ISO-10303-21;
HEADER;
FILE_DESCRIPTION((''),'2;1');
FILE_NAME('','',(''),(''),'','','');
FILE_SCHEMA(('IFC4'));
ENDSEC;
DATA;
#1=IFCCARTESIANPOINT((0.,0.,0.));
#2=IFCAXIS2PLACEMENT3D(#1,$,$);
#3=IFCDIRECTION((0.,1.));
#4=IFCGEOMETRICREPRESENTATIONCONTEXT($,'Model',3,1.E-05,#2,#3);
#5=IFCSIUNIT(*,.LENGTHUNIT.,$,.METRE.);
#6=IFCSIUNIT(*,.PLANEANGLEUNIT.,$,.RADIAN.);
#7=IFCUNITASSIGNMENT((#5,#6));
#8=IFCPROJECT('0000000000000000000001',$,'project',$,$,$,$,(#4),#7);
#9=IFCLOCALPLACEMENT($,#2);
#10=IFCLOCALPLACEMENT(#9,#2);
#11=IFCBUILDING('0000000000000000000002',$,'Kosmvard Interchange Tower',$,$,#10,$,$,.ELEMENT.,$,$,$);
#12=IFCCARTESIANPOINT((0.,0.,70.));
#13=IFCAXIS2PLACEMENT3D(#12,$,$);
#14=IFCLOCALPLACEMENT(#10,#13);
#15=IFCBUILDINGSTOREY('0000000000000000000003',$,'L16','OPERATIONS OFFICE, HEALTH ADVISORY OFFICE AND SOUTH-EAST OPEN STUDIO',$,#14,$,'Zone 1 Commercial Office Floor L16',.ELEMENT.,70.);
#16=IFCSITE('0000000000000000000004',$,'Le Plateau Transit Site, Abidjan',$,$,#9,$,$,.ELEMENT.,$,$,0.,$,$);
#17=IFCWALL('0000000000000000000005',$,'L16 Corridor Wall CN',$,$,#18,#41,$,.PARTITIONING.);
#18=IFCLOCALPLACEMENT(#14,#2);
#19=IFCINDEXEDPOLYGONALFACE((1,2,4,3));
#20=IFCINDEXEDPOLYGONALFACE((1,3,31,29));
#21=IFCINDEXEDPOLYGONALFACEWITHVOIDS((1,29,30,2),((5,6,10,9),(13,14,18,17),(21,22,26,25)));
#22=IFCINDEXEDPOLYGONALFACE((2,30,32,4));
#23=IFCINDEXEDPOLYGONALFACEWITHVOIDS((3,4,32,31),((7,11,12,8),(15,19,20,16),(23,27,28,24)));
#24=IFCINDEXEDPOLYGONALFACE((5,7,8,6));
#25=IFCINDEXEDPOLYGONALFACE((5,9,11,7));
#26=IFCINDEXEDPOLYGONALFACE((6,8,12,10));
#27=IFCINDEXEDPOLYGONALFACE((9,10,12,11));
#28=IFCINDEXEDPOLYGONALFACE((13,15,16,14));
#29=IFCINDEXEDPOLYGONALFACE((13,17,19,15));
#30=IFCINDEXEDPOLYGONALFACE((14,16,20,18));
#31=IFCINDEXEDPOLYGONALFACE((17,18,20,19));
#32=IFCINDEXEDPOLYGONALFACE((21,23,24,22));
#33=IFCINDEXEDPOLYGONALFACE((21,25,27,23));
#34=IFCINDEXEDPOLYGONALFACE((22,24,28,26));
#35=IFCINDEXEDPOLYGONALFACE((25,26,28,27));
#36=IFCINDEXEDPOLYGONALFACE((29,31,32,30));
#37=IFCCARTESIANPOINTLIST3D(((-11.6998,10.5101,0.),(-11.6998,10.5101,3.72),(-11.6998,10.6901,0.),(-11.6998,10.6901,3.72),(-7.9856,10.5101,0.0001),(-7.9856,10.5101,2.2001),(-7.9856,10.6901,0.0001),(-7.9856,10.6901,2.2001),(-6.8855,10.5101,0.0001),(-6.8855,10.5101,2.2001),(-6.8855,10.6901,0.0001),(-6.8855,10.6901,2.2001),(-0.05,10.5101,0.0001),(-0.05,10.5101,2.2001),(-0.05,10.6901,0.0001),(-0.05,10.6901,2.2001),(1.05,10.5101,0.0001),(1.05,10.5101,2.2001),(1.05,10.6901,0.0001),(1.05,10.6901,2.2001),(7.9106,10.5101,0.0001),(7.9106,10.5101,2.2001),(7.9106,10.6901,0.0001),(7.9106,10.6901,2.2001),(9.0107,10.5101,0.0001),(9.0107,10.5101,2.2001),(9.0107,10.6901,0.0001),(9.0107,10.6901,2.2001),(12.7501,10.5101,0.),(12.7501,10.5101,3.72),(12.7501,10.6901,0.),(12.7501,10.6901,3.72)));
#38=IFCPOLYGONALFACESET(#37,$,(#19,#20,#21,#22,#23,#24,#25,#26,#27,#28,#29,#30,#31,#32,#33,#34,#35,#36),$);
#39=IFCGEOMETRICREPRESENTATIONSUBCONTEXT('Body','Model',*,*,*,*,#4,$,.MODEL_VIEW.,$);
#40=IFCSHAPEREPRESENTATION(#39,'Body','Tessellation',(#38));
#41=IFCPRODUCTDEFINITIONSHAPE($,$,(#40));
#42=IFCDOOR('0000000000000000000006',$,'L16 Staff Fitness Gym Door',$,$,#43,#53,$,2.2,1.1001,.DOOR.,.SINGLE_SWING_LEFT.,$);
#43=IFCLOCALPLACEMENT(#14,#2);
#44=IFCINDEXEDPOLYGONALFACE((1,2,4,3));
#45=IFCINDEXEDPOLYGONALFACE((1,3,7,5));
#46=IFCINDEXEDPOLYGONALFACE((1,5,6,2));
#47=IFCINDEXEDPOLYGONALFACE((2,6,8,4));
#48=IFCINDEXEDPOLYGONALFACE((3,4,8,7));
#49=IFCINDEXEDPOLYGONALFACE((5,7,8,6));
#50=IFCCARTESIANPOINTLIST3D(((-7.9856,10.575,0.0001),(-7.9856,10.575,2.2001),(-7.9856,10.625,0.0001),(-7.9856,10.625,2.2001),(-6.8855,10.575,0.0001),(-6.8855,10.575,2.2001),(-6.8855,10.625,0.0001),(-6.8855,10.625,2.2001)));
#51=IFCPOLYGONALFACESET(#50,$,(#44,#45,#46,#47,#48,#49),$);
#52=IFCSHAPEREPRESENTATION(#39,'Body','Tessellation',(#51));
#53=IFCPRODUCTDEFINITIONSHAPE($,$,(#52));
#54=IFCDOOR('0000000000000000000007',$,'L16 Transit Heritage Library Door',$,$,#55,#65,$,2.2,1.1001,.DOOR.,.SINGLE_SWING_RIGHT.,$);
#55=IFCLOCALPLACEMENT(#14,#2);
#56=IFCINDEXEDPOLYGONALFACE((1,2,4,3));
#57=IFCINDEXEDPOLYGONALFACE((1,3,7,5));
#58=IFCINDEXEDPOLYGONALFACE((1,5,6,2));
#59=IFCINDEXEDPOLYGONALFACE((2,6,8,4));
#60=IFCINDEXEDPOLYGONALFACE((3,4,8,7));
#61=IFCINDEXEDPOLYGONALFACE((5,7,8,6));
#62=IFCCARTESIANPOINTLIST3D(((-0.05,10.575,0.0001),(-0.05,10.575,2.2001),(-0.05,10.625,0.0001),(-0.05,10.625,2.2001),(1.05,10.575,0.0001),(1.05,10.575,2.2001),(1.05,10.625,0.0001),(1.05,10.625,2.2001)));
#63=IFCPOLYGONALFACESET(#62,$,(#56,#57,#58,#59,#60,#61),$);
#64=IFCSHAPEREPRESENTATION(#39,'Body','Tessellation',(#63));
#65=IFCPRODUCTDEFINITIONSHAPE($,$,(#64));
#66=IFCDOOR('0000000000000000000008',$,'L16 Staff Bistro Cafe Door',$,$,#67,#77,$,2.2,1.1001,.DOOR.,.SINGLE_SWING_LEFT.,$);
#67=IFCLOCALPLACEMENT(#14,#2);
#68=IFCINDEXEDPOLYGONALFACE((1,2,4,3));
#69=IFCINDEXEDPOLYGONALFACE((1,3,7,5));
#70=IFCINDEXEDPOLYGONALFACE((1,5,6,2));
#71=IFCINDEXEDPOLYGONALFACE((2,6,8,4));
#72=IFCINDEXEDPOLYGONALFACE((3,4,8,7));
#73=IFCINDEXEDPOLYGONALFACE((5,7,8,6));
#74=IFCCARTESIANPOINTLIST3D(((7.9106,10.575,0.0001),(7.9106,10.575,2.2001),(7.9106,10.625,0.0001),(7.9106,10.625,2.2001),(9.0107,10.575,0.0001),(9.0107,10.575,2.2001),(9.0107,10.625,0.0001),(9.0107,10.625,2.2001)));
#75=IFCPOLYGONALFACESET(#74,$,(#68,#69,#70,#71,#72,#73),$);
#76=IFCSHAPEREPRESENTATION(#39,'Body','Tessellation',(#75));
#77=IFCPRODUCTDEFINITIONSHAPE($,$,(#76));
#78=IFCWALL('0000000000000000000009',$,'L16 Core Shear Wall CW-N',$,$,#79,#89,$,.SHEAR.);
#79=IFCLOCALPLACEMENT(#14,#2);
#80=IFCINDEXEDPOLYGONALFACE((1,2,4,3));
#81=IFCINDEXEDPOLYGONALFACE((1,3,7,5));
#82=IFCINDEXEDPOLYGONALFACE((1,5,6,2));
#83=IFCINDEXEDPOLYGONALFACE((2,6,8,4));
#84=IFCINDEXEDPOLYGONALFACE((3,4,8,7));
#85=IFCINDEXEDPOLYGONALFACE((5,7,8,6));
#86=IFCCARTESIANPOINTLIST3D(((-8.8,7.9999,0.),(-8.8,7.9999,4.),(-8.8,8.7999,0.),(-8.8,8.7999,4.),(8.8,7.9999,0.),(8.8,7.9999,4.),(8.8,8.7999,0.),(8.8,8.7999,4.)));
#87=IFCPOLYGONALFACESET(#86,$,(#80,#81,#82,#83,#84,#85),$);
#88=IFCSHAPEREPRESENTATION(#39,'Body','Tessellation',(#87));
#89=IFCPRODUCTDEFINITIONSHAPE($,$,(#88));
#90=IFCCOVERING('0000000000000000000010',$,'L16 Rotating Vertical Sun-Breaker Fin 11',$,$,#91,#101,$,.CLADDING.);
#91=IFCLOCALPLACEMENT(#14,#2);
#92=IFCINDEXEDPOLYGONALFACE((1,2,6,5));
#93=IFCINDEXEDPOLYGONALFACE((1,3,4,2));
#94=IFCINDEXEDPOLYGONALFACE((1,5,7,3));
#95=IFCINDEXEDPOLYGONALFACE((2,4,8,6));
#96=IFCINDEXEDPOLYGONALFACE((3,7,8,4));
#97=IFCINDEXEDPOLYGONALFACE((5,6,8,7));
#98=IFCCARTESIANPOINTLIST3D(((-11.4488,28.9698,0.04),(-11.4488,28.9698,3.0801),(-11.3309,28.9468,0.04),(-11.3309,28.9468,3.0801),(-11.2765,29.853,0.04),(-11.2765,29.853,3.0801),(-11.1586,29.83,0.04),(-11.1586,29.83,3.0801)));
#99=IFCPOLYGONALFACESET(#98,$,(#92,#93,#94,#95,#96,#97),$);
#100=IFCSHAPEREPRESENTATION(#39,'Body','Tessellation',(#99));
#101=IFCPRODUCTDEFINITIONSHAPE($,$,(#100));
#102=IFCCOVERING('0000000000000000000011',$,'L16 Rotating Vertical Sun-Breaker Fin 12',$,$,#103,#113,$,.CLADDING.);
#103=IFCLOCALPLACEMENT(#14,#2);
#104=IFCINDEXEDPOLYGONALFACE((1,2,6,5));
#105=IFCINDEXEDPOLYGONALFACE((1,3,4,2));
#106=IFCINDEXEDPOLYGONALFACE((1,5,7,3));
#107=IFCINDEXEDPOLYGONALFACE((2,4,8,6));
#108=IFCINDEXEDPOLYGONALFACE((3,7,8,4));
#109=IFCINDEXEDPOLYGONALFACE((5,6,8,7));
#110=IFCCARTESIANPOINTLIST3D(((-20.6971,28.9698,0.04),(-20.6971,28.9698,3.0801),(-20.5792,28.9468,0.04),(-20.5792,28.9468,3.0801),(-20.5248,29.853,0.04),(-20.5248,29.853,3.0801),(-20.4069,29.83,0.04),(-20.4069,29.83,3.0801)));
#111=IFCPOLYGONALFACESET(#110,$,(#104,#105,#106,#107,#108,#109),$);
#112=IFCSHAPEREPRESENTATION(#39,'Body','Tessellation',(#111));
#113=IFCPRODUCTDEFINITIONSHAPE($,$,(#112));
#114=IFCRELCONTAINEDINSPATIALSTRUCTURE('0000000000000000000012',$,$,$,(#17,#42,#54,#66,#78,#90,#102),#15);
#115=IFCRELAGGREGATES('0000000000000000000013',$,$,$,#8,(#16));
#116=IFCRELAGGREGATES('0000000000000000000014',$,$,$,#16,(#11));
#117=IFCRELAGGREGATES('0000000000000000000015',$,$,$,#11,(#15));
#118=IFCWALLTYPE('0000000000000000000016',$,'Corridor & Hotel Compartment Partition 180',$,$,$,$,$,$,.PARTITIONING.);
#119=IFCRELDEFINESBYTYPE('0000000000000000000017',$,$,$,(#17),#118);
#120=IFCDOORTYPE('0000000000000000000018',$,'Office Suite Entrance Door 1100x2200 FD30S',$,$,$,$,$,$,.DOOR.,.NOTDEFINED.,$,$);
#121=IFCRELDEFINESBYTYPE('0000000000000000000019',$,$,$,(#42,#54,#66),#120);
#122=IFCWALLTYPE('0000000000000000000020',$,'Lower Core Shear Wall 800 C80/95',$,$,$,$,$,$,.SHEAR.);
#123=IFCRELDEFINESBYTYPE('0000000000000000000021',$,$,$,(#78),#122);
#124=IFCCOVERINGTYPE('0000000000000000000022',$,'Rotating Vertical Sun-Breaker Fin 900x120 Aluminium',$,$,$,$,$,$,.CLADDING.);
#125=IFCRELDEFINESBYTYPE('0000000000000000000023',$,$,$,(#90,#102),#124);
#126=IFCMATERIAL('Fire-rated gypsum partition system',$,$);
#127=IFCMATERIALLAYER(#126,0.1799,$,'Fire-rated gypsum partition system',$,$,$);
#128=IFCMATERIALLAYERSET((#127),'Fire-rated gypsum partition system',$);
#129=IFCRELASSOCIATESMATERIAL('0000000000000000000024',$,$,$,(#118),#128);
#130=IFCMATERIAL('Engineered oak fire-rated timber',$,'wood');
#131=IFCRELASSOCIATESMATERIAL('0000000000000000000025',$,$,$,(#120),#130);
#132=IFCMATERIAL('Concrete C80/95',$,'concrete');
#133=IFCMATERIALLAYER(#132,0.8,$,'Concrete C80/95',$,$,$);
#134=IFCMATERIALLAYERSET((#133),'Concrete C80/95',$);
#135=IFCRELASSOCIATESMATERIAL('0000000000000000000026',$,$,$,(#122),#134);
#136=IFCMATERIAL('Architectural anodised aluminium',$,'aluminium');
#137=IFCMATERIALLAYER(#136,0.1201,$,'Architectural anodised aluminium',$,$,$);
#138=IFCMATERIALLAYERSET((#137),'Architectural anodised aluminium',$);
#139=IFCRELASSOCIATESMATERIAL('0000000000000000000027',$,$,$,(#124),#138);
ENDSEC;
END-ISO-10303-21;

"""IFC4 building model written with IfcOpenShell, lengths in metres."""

from ifc_helpers import new_model, si_unit, direction, frame, frame_2d, origin, origin_2d, place, context, subcontext, project, spatial, rectangle, extrude, source, transform, mapped, material, layer, layer_set, type_object, element, fill, save


model = new_model("IFC4")

# Units and contexts
model_context = context("Model", 3, precision=1e-05, world=origin(), true_north=direction((0.0, 1.0)))
body_context = subcontext(model_context, "Body", "Model", "MODEL_VIEW")
ifc_project = project(units=[si_unit("LENGTHUNIT", "METRE"), si_unit("PLANEANGLEUNIT", "RADIAN")], contexts=[model_context])

# Site, building, storey
site_placement = place(None, origin())
site = spatial("IfcSite", under=ifc_project, at=site_placement, Name="Le Plateau Transit Site, Abidjan", CompositionType="ELEMENT", RefElevation=0.0)
building_placement = place(site_placement, origin())
building = spatial("IfcBuilding", under=site, at=building_placement, Name="Kosmvard Interchange Tower", CompositionType="ELEMENT")
storey_placement = place(building_placement, frame((0.0, 0.0, 70.0)))
storey = spatial("IfcBuildingStorey", under=building, at=storey_placement, Name="L16", Description="OPERATIONS OFFICE, HEALTH ADVISORY OFFICE AND SOUTH-EAST OPEN STUDIO", LongName="Zone 1 Commercial Office Floor L16", CompositionType="ELEMENT", Elevation=70.0)

# Shared definitions
ifc_material_1 = material(Name="Concrete C80/95", Category="concrete")

# Wall, openings, doors
ifc_material_2 = material(Name="Fire-rated gypsum partition system")
ifc_layer_1 = layer(ifc_material_2, 0.1799, Name="Fire-rated gypsum partition system")
ifc_layer_set_1 = layer_set([ifc_layer_1], Name="Fire-rated gypsum partition system")
wall_type_1 = type_object("IfcWallType", Name="Corridor & Hotel Compartment Partition 180", PredefinedType="PARTITIONING", material=ifc_layer_set_1)
wall_1_placement = place(storey_placement, frame((-11.7, 10.6001, 0.0), z_axis=(0.0, 0.0, 1.0), x_axis=(1.0, 0.0, 0.0)))
wall_1 = element("IfcWall", 1, at=wall_1_placement, inside=storey, type_object=wall_type_1, Name="L16 Corridor Wall CN", PredefinedType="PARTITIONING", context=body_context, shape_type="SweptSolid", body=[
    extrude(rectangle(XDim=24.45, YDim=0.1799, at=frame_2d((12.2251, 0.0))), origin(), (0.0, 0.0, 1.0), 3.72),
])
opening_1_placement = place(wall_1_placement, frame((3.7144, 0.0, 0.0)))
opening_1 = element("IfcOpeningElement", 2, at=opening_1_placement, cuts=wall_1, PredefinedType="OPENING", context=body_context, shape_type="SweptSolid", body=[
    extrude(rectangle(XDim=1.1001, YDim=2.2, at=frame_2d((0.55, 1.1001))), frame((0.0, 0.1001, 0.0), z_axis=(0.0, -1.0, 0.0), x_axis=(1.0, 0.0, 0.0)), (0.0, 0.0, 1.0), 0.2),
])
opening_2_placement = place(wall_1_placement, frame((11.6499, 0.0, 0.0)))
opening_2 = element("IfcOpeningElement", 3, at=opening_2_placement, cuts=wall_1, PredefinedType="OPENING", context=body_context, shape_type="SweptSolid", body=[
    extrude(rectangle(XDim=1.1001, YDim=2.2, at=frame_2d((0.55, 1.1001))), frame((0.0, 0.1001, 0.0), z_axis=(0.0, -1.0, 0.0), x_axis=(1.0, 0.0, 0.0)), (0.0, 0.0, 1.0), 0.2),
])
opening_3_placement = place(wall_1_placement, frame((19.6106, 0.0, 0.0)))
opening_3 = element("IfcOpeningElement", 4, at=opening_3_placement, cuts=wall_1, PredefinedType="OPENING", context=body_context, shape_type="SweptSolid", body=[
    extrude(rectangle(XDim=1.1001, YDim=2.2, at=frame_2d((0.55, 1.1001))), frame((0.0, 0.1001, 0.0), z_axis=(0.0, -1.0, 0.0), x_axis=(1.0, 0.0, 0.0)), (0.0, 0.0, 1.0), 0.2),
])
ifc_material_3 = material(Name="Engineered oak fire-rated timber", Category="wood")
door_type = type_object("IfcDoorType", Name="Office Suite Entrance Door 1100x2200 FD30S", OperationType="NOTDEFINED", PredefinedType="DOOR", material=ifc_material_3)
shared_shape_1 = source(origin(), body_context, "Body", "SweptSolid", [
    extrude(rectangle(XDim=1.1001, YDim=2.2, at=frame_2d((0.55, 1.1001))), frame((0.0, 0.0249, 0.0), z_axis=(0.0, -1.0, 0.0), x_axis=(1.0, 0.0, 0.0)), (0.0, 0.0, 1.0), 0.05),
])
door_1_placement = place(opening_1_placement, origin())
door_1 = element("IfcDoor", 5, at=door_1_placement, inside=storey, type_object=door_type, Name="L16 Staff Fitness Gym Door", OperationType="SINGLE_SWING_LEFT", OverallHeight=2.2, OverallWidth=1.1001, PredefinedType="DOOR", context=body_context, shape_type="MappedRepresentation", body=[
    mapped(shared_shape_1, transform((0.0, 0.0, 0.0), scale=1.0)),
])
fill(opening_1, door_1)
door_2_placement = place(opening_2_placement, origin())
door_2 = element("IfcDoor", 6, at=door_2_placement, inside=storey, type_object=door_type, Name="L16 Transit Heritage Library Door", OperationType="SINGLE_SWING_RIGHT", OverallHeight=2.2, OverallWidth=1.1001, PredefinedType="DOOR", context=body_context, shape_type="MappedRepresentation", body=[
    mapped(shared_shape_1, transform((0.0, 0.0, 0.0), scale=1.0)),
])
fill(opening_2, door_2)
door_3_placement = place(opening_3_placement, origin())
door_3 = element("IfcDoor", 7, at=door_3_placement, inside=storey, type_object=door_type, Name="L16 Staff Bistro Cafe Door", OperationType="SINGLE_SWING_LEFT", OverallHeight=2.2, OverallWidth=1.1001, PredefinedType="DOOR", context=body_context, shape_type="MappedRepresentation", body=[
    mapped(shared_shape_1, transform((0.0, 0.0, 0.0), scale=1.0)),
])
fill(opening_3, door_3)

# Wall
ifc_layer_2 = layer(ifc_material_1, 0.8, Name="Concrete C80/95")
ifc_layer_set_2 = layer_set([ifc_layer_2], Name="Concrete C80/95")
wall_type_2 = type_object("IfcWallType", Name="Lower Core Shear Wall 800 C80/95", PredefinedType="SHEAR", material=ifc_layer_set_2)
wall_2_placement = place(storey_placement, frame((-8.8, 8.3999, 0.0), z_axis=(0.0, 0.0, 1.0), x_axis=(1.0, 0.0, 0.0)))
element("IfcWall", 8, at=wall_2_placement, inside=storey, type_object=wall_type_2, Name="L16 Core Shear Wall CW-N", PredefinedType="SHEAR", context=body_context, shape_type="SweptSolid", body=[
    extrude(rectangle(XDim=17.6001, YDim=0.8, at=frame_2d((8.8, 0.0))), origin(), (0.0, 0.0, 1.0), 4.0),
])

# Coverings
ifc_material_4 = material(Name="Architectural anodised aluminium", Category="aluminium")
ifc_layer_3 = layer(ifc_material_4, 0.1201, Name="Architectural anodised aluminium")
ifc_layer_set_3 = layer_set([ifc_layer_3], Name="Architectural anodised aluminium")
covering_type = type_object("IfcCoveringType", Name="Rotating Vertical Sun-Breaker Fin 900x120 Aluminium", PredefinedType="CLADDING", material=ifc_layer_set_3)
shared_shape_2 = source(origin(), body_context, "Body", "SweptSolid", [
    extrude(rectangle(XDim=0.8999, YDim=0.1201, at=origin_2d()), origin(), (0.0, 0.0, 1.0), 3.04),
])
for number, where, z_axis, x_axis, name in (
    (9, (-11.3037, 29.3999, 0.04), (0.0, 0.0, 1.0), (0.191494, 0.981494, 0.0), "L16 Rotating Vertical Sun-Breaker Fin 11"),
    (10, (-20.552, 29.3999, 0.04), (0.0, 0.0, 1.0), (0.191494, 0.981494, 0.0), "L16 Rotating Vertical Sun-Breaker Fin 12"),
):
    element("IfcCovering", number, at=place(storey_placement, frame(where, z_axis=z_axis, x_axis=x_axis)), inside=storey, type_object=covering_type, Name=name, PredefinedType="CLADDING", context=body_context, shape_type="MappedRepresentation", body=[
        mapped(shared_shape_2, transform((0.0, 0.0, 0.0), scale=1.0)),
    ])

save(model, "model.ifc")
